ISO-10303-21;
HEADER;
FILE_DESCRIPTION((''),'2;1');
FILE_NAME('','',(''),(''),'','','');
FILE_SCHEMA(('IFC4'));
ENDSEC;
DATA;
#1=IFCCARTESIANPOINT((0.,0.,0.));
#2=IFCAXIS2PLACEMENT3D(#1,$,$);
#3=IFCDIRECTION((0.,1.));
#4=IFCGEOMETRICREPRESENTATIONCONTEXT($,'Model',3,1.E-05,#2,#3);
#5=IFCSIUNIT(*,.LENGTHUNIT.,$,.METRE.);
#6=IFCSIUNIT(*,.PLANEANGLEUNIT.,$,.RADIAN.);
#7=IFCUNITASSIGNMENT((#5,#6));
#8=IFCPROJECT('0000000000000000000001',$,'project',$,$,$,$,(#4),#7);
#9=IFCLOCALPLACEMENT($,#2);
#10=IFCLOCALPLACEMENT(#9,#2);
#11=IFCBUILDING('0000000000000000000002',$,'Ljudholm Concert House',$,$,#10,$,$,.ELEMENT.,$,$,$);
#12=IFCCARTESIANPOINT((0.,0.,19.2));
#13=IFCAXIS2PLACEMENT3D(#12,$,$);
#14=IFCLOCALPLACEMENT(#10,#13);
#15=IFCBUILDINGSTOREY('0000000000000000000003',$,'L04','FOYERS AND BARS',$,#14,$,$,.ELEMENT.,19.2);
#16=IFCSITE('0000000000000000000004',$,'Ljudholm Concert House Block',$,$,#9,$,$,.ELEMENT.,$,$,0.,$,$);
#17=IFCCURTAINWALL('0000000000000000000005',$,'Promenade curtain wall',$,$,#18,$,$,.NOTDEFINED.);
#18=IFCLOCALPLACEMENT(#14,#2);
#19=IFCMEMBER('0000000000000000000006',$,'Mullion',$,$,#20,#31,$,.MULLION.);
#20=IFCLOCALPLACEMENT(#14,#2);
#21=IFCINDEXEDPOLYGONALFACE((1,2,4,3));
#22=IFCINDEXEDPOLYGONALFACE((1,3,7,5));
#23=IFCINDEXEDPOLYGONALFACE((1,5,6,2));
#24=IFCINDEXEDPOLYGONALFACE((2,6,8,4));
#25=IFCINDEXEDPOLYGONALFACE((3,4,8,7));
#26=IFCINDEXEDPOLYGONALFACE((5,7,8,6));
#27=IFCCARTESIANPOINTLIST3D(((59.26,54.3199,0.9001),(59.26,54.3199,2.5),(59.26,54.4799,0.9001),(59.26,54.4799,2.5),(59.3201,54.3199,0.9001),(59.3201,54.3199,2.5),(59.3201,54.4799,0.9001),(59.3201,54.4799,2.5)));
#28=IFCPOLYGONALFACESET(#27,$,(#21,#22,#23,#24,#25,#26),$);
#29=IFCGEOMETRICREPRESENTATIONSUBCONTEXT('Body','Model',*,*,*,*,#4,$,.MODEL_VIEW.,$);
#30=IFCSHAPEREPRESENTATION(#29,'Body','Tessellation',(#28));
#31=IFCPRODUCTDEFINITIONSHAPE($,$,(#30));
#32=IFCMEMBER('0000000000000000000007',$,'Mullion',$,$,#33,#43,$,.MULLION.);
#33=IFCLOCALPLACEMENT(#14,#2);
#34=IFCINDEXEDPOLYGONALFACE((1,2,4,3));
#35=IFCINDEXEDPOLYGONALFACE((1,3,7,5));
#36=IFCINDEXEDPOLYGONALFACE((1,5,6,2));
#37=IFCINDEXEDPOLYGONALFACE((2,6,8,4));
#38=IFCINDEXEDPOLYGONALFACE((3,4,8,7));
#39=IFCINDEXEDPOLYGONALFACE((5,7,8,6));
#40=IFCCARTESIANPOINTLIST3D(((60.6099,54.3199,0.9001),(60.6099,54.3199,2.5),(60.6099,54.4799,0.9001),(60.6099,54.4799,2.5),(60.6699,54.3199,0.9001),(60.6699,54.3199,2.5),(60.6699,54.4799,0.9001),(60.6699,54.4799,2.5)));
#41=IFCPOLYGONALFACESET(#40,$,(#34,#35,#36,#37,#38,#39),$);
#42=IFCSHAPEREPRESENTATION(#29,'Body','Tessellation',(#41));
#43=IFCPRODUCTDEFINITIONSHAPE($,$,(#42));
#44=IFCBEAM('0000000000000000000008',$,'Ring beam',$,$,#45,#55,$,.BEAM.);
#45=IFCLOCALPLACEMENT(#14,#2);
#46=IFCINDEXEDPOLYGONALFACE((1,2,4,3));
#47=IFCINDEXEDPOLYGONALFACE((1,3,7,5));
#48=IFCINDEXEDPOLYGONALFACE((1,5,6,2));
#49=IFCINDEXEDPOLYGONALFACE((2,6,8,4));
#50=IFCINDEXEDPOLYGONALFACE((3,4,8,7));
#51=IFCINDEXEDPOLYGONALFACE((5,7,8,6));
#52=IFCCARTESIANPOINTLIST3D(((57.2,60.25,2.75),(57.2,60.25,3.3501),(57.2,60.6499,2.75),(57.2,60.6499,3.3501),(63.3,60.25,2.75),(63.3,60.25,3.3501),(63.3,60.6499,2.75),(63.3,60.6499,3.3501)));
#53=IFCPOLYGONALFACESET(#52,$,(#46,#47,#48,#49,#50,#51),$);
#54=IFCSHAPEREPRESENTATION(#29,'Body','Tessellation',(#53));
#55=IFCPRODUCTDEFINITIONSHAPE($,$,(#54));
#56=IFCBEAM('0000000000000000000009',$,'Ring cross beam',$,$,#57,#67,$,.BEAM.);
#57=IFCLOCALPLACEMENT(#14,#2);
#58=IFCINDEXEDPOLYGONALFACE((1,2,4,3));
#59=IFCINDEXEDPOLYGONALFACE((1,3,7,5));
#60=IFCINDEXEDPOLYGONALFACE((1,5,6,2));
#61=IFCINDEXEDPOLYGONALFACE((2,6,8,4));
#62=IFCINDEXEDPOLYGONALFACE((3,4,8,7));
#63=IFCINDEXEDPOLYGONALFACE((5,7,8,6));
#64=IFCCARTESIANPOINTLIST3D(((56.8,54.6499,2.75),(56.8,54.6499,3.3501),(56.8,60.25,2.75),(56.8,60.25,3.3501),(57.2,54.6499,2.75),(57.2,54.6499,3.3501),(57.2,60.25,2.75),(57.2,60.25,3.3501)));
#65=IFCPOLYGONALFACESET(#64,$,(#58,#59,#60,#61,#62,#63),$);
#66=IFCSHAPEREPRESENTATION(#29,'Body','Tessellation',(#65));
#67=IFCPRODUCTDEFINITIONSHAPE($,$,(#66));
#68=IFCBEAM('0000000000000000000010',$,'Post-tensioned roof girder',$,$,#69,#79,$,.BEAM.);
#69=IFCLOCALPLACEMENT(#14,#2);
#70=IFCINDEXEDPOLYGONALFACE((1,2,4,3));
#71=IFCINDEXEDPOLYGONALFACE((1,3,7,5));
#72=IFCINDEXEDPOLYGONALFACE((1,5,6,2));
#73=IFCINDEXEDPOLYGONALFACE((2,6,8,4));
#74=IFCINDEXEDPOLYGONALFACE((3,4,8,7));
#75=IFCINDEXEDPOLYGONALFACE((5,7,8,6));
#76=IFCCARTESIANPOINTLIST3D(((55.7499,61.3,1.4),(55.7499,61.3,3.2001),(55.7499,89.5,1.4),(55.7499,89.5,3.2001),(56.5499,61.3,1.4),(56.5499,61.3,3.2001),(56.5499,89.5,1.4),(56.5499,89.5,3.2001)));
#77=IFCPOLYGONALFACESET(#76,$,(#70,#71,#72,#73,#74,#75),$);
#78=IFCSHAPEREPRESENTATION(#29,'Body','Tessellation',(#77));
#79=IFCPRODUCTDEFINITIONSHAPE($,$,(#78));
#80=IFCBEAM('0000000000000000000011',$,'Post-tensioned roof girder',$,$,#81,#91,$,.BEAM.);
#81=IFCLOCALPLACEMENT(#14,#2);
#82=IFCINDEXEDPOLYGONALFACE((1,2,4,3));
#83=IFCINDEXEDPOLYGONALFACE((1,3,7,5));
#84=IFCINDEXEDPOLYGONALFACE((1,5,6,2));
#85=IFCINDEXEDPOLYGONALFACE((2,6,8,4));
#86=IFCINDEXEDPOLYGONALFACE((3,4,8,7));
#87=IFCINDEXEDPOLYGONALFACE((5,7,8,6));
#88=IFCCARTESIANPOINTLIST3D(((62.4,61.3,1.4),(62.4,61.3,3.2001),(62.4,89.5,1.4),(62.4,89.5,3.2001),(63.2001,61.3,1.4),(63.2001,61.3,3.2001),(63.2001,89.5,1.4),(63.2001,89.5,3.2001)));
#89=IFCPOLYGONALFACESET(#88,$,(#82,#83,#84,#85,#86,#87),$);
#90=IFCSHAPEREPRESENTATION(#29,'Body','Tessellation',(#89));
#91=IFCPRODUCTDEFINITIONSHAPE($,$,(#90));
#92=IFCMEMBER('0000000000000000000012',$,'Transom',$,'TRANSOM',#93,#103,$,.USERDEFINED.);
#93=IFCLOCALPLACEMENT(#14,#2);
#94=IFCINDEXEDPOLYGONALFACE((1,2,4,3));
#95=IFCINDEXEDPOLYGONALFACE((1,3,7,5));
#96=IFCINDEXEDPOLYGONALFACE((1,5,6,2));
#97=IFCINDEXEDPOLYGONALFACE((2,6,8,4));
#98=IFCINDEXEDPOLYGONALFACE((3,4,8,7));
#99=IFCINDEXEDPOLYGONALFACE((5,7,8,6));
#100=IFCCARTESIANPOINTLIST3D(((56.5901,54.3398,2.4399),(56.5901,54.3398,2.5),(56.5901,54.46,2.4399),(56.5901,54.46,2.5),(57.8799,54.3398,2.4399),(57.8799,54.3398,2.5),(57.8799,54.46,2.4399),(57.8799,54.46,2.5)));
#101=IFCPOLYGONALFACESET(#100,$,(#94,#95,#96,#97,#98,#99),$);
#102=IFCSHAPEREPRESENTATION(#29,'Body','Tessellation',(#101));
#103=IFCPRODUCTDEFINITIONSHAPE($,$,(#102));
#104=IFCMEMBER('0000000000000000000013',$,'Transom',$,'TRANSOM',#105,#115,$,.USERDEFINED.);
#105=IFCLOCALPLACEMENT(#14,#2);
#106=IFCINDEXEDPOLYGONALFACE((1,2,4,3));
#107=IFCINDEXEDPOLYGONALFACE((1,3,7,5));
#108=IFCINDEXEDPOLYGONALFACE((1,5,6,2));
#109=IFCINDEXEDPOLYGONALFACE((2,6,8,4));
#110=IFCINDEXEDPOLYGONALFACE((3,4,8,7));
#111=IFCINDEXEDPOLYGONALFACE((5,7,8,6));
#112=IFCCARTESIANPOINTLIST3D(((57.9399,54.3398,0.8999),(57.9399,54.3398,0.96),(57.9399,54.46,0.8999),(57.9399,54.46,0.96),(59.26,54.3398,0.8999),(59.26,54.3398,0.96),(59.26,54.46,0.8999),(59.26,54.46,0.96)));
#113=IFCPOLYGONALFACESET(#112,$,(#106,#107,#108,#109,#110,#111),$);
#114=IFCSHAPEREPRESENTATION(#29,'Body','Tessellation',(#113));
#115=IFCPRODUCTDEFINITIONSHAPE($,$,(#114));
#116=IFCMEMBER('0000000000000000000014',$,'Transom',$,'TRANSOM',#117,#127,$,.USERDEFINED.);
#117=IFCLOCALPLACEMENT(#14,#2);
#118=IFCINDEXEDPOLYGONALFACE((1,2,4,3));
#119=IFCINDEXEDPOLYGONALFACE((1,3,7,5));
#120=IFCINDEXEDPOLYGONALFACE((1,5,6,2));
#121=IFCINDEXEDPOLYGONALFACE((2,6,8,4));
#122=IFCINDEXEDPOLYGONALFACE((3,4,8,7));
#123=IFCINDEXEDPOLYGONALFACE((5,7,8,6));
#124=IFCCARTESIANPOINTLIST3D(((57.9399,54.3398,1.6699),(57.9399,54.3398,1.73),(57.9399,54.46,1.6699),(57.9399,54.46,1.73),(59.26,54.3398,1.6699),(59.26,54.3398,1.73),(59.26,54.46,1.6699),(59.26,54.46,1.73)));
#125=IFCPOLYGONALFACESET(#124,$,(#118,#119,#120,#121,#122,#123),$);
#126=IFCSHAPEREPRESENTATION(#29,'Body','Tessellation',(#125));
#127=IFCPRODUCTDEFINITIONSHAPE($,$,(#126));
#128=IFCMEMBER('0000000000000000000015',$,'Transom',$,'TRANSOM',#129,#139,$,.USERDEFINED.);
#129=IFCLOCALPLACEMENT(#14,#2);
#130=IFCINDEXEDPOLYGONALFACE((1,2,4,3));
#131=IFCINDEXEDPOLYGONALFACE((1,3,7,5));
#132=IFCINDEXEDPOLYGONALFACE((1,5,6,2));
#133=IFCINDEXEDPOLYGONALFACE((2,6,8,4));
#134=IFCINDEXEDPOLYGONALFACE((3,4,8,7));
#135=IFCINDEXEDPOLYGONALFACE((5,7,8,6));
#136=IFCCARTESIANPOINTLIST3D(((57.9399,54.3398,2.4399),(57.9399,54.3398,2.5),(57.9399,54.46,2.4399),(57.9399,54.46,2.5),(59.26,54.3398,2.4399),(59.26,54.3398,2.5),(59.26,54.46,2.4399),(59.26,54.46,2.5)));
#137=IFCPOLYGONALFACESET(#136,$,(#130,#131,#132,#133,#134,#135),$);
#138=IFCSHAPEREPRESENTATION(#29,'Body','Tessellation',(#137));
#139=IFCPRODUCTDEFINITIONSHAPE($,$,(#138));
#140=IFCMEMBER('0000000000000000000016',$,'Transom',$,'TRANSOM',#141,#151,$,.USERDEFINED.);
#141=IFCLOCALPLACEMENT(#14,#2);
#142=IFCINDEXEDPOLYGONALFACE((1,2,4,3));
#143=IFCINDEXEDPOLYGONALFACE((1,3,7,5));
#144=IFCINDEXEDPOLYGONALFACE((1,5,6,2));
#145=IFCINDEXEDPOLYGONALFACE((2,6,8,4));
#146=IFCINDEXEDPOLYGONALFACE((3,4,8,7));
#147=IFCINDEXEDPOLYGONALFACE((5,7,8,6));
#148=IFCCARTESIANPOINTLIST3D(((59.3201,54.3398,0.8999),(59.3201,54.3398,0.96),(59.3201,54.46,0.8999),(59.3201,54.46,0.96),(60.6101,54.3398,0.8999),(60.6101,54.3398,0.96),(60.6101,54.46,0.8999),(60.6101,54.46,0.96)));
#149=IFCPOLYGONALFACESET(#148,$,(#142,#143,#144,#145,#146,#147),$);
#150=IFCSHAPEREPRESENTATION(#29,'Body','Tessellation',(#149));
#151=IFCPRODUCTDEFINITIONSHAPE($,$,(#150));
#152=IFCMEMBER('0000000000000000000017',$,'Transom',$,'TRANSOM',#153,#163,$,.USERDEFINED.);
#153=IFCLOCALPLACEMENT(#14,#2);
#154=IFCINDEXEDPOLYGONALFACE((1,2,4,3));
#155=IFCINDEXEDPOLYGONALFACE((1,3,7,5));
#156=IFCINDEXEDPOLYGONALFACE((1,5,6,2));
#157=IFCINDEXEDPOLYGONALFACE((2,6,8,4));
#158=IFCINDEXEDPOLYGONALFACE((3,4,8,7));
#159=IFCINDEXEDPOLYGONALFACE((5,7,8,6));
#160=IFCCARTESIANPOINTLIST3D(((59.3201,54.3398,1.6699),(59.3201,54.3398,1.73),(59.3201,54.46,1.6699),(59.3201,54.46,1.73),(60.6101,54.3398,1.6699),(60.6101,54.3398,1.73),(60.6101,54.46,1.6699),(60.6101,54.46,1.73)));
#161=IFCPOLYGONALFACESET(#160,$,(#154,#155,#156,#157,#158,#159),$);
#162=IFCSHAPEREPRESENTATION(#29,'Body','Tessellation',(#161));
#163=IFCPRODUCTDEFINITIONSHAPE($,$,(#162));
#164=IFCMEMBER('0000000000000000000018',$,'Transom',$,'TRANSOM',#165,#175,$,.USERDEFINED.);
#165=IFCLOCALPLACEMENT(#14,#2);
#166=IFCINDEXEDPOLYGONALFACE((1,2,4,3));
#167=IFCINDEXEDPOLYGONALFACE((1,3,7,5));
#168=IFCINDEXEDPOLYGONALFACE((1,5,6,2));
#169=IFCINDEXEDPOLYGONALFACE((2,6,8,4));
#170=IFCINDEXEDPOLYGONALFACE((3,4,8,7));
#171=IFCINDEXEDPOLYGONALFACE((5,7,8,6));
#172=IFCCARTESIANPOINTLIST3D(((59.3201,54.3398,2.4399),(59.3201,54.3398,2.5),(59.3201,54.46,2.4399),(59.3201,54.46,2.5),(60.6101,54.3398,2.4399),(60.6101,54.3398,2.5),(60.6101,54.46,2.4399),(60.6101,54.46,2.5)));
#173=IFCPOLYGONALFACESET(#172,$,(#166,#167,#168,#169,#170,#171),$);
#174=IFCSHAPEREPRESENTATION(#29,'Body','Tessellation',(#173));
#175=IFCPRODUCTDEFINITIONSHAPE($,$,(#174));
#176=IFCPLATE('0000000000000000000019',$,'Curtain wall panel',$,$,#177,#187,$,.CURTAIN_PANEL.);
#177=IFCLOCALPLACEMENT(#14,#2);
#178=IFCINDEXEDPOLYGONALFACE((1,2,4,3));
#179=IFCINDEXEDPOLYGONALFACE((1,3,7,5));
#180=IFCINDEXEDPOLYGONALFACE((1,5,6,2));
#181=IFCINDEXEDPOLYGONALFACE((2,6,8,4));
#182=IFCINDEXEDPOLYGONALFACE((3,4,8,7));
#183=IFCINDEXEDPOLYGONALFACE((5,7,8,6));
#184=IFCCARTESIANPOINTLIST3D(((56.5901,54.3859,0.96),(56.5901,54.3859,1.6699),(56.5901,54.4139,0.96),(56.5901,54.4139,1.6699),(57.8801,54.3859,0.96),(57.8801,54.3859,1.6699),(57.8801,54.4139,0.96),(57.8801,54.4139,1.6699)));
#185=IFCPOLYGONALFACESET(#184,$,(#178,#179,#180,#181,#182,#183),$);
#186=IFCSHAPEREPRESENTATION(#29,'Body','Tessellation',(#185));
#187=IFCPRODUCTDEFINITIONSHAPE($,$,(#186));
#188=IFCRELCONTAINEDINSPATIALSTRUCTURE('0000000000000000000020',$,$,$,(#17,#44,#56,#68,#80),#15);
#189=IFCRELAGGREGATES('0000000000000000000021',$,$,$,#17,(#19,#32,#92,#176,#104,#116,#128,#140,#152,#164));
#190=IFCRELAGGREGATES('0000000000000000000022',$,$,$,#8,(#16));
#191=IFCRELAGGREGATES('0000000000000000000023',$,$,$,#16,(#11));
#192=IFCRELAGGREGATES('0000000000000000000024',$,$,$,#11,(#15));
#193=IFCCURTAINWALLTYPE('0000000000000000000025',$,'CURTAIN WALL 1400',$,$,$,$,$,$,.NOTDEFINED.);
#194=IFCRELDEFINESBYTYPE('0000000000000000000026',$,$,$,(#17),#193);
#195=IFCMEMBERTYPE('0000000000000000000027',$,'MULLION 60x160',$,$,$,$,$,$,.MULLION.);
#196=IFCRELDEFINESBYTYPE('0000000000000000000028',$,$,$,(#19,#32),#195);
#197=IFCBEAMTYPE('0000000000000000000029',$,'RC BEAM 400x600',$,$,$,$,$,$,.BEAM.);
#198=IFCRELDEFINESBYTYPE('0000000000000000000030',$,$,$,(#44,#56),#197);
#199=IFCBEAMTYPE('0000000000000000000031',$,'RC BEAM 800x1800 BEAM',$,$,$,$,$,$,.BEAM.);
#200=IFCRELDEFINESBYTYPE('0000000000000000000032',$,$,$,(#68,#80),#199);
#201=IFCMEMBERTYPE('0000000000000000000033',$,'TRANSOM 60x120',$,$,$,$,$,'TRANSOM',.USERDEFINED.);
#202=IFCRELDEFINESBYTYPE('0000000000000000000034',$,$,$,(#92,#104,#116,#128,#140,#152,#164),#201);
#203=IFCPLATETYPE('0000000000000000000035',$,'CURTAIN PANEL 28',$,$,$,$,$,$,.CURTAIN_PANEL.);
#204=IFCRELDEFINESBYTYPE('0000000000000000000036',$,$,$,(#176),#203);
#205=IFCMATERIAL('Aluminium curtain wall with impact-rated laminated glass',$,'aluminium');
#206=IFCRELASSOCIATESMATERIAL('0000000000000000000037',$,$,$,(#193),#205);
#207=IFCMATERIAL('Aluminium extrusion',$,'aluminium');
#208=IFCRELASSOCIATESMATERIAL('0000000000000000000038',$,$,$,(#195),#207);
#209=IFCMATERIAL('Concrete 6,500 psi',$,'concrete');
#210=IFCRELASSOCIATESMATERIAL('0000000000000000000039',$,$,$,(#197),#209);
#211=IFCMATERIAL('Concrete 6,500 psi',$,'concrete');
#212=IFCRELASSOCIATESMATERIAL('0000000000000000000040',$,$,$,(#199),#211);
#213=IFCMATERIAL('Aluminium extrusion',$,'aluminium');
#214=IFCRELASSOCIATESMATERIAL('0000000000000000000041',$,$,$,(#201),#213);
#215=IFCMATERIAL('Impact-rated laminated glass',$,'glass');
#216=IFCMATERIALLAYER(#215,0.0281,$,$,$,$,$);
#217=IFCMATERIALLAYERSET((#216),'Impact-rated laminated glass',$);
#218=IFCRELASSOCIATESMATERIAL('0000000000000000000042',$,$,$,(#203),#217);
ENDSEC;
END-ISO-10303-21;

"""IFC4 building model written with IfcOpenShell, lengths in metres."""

from ifc_helpers import new_model, si_unit, direction, frame, origin, origin_2d, place, context, subcontext, project, spatial, rectangle, extrude, material, layer, layer_set, material_profile, profile_set, type_object, element, aggregate, save


model = new_model("IFC4")

# Units and contexts
model_context = context("Model", 3, precision=1e-05, world=origin(), true_north=direction((0.0, 1.0)))
body_context = subcontext(model_context, "Body", "Model", "MODEL_VIEW")
ifc_project = project(units=[si_unit("LENGTHUNIT", "METRE"), si_unit("PLANEANGLEUNIT", "RADIAN")], contexts=[model_context])

# Site, building, storey
site_placement = place(None, origin())
site = spatial("IfcSite", under=ifc_project, at=site_placement, Name="Ljudholm Concert House Block", CompositionType="ELEMENT", RefElevation=0.0)
building_placement = place(site_placement, origin())
building = spatial("IfcBuilding", under=site, at=building_placement, Name="Ljudholm Concert House", CompositionType="ELEMENT")
storey_placement = place(building_placement, frame((0.0, 0.0, 19.2)))
storey = spatial("IfcBuildingStorey", under=building, at=storey_placement, Name="L04", Description="FOYERS AND BARS", CompositionType="ELEMENT", Elevation=19.2)

# Curtain wall, members
ifc_material_1 = material(Name="Aluminium curtain wall with impact-rated laminated glass", Category="aluminium")
curtain_wall_type = type_object("IfcCurtainWallType", Name="CURTAIN WALL 1400", PredefinedType="NOTDEFINED", material=ifc_material_1)
curtain_wall_placement = place(storey_placement, origin())
curtain_wall = element("IfcCurtainWall", 1, at=curtain_wall_placement, inside=storey, type_object=curtain_wall_type, Name="Promenade curtain wall", PredefinedType="NOTDEFINED")
ifc_material_2 = material(Name="Aluminium extrusion", Category="aluminium")
ifc_material_profile_1 = material_profile(ifc_material_2, rectangle(XDim=0.1599, YDim=0.0601, at=origin_2d()), Name="MULLION 60x160")
ifc_profile_set_1 = profile_set([ifc_material_profile_1], Name="Aluminium extrusion")
member_type_1 = type_object("IfcMemberType", Name="MULLION 60x160", PredefinedType="MULLION", material=ifc_profile_set_1)
member_1_placement = place(storey_placement, frame((59.29, 54.3999, 0.9001), z_axis=(0.0, 0.0, 1.0), x_axis=(0.0, 1.0, 0.0)))
member_1 = element("IfcMember", 2, at=member_1_placement, type_object=member_type_1, Name="Mullion", PredefinedType="MULLION", context=body_context, shape_type="SweptSolid", body=[
    extrude(rectangle(XDim=0.1599, YDim=0.0601, at=origin_2d()), origin(), (0.0, 0.0, 1.0), 1.5999),
])
member_2_placement = place(storey_placement, frame((60.6399, 54.3999, 0.9001), z_axis=(0.0, 0.0, 1.0), x_axis=(0.0, 1.0, 0.0)))
member_2 = element("IfcMember", 3, at=member_2_placement, type_object=member_type_1, Name="Mullion", PredefinedType="MULLION", context=body_context, shape_type="SweptSolid", body=[
    extrude(rectangle(XDim=0.1599, YDim=0.0601, at=origin_2d()), origin(), (0.0, 0.0, 1.0), 1.5999),
])

# Beams
ifc_material_3 = material(Name="Concrete 6,500 psi", Category="concrete")
ifc_material_profile_2 = material_profile(ifc_material_3, rectangle(XDim=0.3999, YDim=0.6001, at=origin_2d()), Name="RC BEAM 400x600")
ifc_profile_set_2 = profile_set([ifc_material_profile_2], Name="Concrete 6,500 psi")
beam_type_1 = type_object("IfcBeamType", Name="RC BEAM 400x600", PredefinedType="BEAM", material=ifc_profile_set_2)
beam_1_placement = place(storey_placement, frame((57.2, 60.45, 3.05), z_axis=(1.0, 0.0, 0.0), x_axis=(0.0, 1.0, 0.0)))
element("IfcBeam", 4, at=beam_1_placement, inside=storey, type_object=beam_type_1, Name="Ring beam", PredefinedType="BEAM", context=body_context, shape_type="SweptSolid", body=[
    extrude(rectangle(XDim=0.3999, YDim=0.6001, at=origin_2d()), origin(), (0.0, 0.0, 1.0), 6.1001),
])
beam_2_placement = place(storey_placement, frame((57.0, 60.25, 3.05), z_axis=(0.0, -1.0, 0.0), x_axis=(1.0, 0.0, 0.0)))
element("IfcBeam", 5, at=beam_2_placement, inside=storey, type_object=beam_type_1, Name="Ring cross beam", PredefinedType="BEAM", context=body_context, shape_type="SweptSolid", body=[
    extrude(rectangle(XDim=0.3999, YDim=0.6001, at=origin_2d()), origin(), (0.0, 0.0, 1.0), 5.6001),
])
ifc_material_4 = material(Name="Concrete 6,500 psi", Category="concrete")
ifc_material_profile_3 = material_profile(ifc_material_4, rectangle(XDim=0.8, YDim=1.8, at=origin_2d()), Name="RC BEAM 800x1800 BEAM")
ifc_profile_set_3 = profile_set([ifc_material_profile_3], Name="Concrete 6,500 psi")
beam_type_2 = type_object("IfcBeamType", Name="RC BEAM 800x1800 BEAM", PredefinedType="BEAM", material=ifc_profile_set_3)
for number, where, z_axis, x_axis, name in (
    (6, (56.1499, 61.3, 2.3), (0.0, 1.0, 0.0), (-1.0, 0.0, 0.0), "Post-tensioned roof girder"),
    (7, (62.8, 61.3, 2.3), (0.0, 1.0, 0.0), (-1.0, 0.0, 0.0), "Post-tensioned roof girder"),
):
    element("IfcBeam", number, at=place(storey_placement, frame(where, z_axis=z_axis, x_axis=x_axis)), inside=storey, type_object=beam_type_2, Name=name, PredefinedType="BEAM", context=body_context, shape_type="SweptSolid", body=[
        extrude(rectangle(XDim=0.8, YDim=1.8, at=origin_2d()), origin(), (0.0, 0.0, 1.0), 28.2),
    ])

# Members
ifc_material_5 = material(Name="Aluminium extrusion", Category="aluminium")
ifc_material_profile_4 = material_profile(ifc_material_5, rectangle(XDim=0.1201, YDim=0.0601, at=origin_2d()), Name="TRANSOM 60x120")
ifc_profile_set_4 = profile_set([ifc_material_profile_4], Name="Aluminium extrusion")
member_type_2 = type_object("IfcMemberType", Name="TRANSOM 60x120", ElementType="TRANSOM", PredefinedType="USERDEFINED", material=ifc_profile_set_4)
member_3_placement = place(storey_placement, frame((56.5901, 54.3999, 2.47), z_axis=(1.0, 0.0, 0.0), x_axis=(0.0, 1.0, 0.0)))
member_3 = element("IfcMember", 8, at=member_3_placement, type_object=member_type_2, Name="Transom", ObjectType="TRANSOM", PredefinedType="USERDEFINED", context=body_context, shape_type="SweptSolid", body=[
    extrude(rectangle(XDim=0.1201, YDim=0.0601, at=origin_2d()), origin(), (0.0, 0.0, 1.0), 1.2898),
])
member_4_placement = place(storey_placement, frame((57.9399, 54.3999, 0.9299), z_axis=(1.0, 0.0, 0.0), x_axis=(0.0, 1.0, 0.0)))
member_4 = element("IfcMember", 9, at=member_4_placement, type_object=member_type_2, Name="Transom", ObjectType="TRANSOM", PredefinedType="USERDEFINED", context=body_context, shape_type="SweptSolid", body=[
    extrude(rectangle(XDim=0.1201, YDim=0.0601, at=origin_2d()), origin(), (0.0, 0.0, 1.0), 1.3201),
])
member_5_placement = place(storey_placement, frame((57.9399, 54.3999, 1.7), z_axis=(1.0, 0.0, 0.0), x_axis=(0.0, 1.0, 0.0)))
member_5 = element("IfcMember", 10, at=member_5_placement, type_object=member_type_2, Name="Transom", ObjectType="TRANSOM", PredefinedType="USERDEFINED", context=body_context, shape_type="SweptSolid", body=[
    extrude(rectangle(XDim=0.1201, YDim=0.0601, at=origin_2d()), origin(), (0.0, 0.0, 1.0), 1.3201),
])
member_6_placement = place(storey_placement, frame((57.9399, 54.3999, 2.47), z_axis=(1.0, 0.0, 0.0), x_axis=(0.0, 1.0, 0.0)))
member_6 = element("IfcMember", 11, at=member_6_placement, type_object=member_type_2, Name="Transom", ObjectType="TRANSOM", PredefinedType="USERDEFINED", context=body_context, shape_type="SweptSolid", body=[
    extrude(rectangle(XDim=0.1201, YDim=0.0601, at=origin_2d()), origin(), (0.0, 0.0, 1.0), 1.3201),
])
member_7_placement = place(storey_placement, frame((59.3201, 54.3999, 0.9299), z_axis=(1.0, 0.0, 0.0), x_axis=(0.0, 1.0, 0.0)))
member_7 = element("IfcMember", 12, at=member_7_placement, type_object=member_type_2, Name="Transom", ObjectType="TRANSOM", PredefinedType="USERDEFINED", context=body_context, shape_type="SweptSolid", body=[
    extrude(rectangle(XDim=0.1201, YDim=0.0601, at=origin_2d()), origin(), (0.0, 0.0, 1.0), 1.29),
])
member_8_placement = place(storey_placement, frame((59.3201, 54.3999, 1.7), z_axis=(1.0, 0.0, 0.0), x_axis=(0.0, 1.0, 0.0)))
member_8 = element("IfcMember", 13, at=member_8_placement, type_object=member_type_2, Name="Transom", ObjectType="TRANSOM", PredefinedType="USERDEFINED", context=body_context, shape_type="SweptSolid", body=[
    extrude(rectangle(XDim=0.1201, YDim=0.0601, at=origin_2d()), origin(), (0.0, 0.0, 1.0), 1.29),
])
member_9_placement = place(storey_placement, frame((59.3201, 54.3999, 2.47), z_axis=(1.0, 0.0, 0.0), x_axis=(0.0, 1.0, 0.0)))
member_9 = element("IfcMember", 14, at=member_9_placement, type_object=member_type_2, Name="Transom", ObjectType="TRANSOM", PredefinedType="USERDEFINED", context=body_context, shape_type="SweptSolid", body=[
    extrude(rectangle(XDim=0.1201, YDim=0.0601, at=origin_2d()), origin(), (0.0, 0.0, 1.0), 1.29),
])

# Plate
ifc_material_6 = material(Name="Impact-rated laminated glass", Category="glass")
ifc_layer = layer(ifc_material_6, 0.0281)
ifc_layer_set = layer_set([ifc_layer], Name="Impact-rated laminated glass")
plate_type = type_object("IfcPlateType", Name="CURTAIN PANEL 28", PredefinedType="CURTAIN_PANEL", material=ifc_layer_set)
plate_1_placement = place(storey_placement, frame((57.2351, 54.3999, 0.96), z_axis=(0.0, 0.0, 1.0), x_axis=(1.0, 0.0, 0.0)))
plate_1 = element("IfcPlate", 15, at=plate_1_placement, type_object=plate_type, Name="Curtain wall panel", PredefinedType="CURTAIN_PANEL", context=body_context, shape_type="SweptSolid", body=[
    extrude(rectangle(XDim=1.29, YDim=0.0281, at=origin_2d()), origin(), (0.0, 0.0, 1.0), 0.71),
])
aggregate(curtain_wall, [member_1, member_2, member_3, plate_1, member_4, member_5, member_6, member_7, member_8, member_9])

save(model, "model.ifc")
